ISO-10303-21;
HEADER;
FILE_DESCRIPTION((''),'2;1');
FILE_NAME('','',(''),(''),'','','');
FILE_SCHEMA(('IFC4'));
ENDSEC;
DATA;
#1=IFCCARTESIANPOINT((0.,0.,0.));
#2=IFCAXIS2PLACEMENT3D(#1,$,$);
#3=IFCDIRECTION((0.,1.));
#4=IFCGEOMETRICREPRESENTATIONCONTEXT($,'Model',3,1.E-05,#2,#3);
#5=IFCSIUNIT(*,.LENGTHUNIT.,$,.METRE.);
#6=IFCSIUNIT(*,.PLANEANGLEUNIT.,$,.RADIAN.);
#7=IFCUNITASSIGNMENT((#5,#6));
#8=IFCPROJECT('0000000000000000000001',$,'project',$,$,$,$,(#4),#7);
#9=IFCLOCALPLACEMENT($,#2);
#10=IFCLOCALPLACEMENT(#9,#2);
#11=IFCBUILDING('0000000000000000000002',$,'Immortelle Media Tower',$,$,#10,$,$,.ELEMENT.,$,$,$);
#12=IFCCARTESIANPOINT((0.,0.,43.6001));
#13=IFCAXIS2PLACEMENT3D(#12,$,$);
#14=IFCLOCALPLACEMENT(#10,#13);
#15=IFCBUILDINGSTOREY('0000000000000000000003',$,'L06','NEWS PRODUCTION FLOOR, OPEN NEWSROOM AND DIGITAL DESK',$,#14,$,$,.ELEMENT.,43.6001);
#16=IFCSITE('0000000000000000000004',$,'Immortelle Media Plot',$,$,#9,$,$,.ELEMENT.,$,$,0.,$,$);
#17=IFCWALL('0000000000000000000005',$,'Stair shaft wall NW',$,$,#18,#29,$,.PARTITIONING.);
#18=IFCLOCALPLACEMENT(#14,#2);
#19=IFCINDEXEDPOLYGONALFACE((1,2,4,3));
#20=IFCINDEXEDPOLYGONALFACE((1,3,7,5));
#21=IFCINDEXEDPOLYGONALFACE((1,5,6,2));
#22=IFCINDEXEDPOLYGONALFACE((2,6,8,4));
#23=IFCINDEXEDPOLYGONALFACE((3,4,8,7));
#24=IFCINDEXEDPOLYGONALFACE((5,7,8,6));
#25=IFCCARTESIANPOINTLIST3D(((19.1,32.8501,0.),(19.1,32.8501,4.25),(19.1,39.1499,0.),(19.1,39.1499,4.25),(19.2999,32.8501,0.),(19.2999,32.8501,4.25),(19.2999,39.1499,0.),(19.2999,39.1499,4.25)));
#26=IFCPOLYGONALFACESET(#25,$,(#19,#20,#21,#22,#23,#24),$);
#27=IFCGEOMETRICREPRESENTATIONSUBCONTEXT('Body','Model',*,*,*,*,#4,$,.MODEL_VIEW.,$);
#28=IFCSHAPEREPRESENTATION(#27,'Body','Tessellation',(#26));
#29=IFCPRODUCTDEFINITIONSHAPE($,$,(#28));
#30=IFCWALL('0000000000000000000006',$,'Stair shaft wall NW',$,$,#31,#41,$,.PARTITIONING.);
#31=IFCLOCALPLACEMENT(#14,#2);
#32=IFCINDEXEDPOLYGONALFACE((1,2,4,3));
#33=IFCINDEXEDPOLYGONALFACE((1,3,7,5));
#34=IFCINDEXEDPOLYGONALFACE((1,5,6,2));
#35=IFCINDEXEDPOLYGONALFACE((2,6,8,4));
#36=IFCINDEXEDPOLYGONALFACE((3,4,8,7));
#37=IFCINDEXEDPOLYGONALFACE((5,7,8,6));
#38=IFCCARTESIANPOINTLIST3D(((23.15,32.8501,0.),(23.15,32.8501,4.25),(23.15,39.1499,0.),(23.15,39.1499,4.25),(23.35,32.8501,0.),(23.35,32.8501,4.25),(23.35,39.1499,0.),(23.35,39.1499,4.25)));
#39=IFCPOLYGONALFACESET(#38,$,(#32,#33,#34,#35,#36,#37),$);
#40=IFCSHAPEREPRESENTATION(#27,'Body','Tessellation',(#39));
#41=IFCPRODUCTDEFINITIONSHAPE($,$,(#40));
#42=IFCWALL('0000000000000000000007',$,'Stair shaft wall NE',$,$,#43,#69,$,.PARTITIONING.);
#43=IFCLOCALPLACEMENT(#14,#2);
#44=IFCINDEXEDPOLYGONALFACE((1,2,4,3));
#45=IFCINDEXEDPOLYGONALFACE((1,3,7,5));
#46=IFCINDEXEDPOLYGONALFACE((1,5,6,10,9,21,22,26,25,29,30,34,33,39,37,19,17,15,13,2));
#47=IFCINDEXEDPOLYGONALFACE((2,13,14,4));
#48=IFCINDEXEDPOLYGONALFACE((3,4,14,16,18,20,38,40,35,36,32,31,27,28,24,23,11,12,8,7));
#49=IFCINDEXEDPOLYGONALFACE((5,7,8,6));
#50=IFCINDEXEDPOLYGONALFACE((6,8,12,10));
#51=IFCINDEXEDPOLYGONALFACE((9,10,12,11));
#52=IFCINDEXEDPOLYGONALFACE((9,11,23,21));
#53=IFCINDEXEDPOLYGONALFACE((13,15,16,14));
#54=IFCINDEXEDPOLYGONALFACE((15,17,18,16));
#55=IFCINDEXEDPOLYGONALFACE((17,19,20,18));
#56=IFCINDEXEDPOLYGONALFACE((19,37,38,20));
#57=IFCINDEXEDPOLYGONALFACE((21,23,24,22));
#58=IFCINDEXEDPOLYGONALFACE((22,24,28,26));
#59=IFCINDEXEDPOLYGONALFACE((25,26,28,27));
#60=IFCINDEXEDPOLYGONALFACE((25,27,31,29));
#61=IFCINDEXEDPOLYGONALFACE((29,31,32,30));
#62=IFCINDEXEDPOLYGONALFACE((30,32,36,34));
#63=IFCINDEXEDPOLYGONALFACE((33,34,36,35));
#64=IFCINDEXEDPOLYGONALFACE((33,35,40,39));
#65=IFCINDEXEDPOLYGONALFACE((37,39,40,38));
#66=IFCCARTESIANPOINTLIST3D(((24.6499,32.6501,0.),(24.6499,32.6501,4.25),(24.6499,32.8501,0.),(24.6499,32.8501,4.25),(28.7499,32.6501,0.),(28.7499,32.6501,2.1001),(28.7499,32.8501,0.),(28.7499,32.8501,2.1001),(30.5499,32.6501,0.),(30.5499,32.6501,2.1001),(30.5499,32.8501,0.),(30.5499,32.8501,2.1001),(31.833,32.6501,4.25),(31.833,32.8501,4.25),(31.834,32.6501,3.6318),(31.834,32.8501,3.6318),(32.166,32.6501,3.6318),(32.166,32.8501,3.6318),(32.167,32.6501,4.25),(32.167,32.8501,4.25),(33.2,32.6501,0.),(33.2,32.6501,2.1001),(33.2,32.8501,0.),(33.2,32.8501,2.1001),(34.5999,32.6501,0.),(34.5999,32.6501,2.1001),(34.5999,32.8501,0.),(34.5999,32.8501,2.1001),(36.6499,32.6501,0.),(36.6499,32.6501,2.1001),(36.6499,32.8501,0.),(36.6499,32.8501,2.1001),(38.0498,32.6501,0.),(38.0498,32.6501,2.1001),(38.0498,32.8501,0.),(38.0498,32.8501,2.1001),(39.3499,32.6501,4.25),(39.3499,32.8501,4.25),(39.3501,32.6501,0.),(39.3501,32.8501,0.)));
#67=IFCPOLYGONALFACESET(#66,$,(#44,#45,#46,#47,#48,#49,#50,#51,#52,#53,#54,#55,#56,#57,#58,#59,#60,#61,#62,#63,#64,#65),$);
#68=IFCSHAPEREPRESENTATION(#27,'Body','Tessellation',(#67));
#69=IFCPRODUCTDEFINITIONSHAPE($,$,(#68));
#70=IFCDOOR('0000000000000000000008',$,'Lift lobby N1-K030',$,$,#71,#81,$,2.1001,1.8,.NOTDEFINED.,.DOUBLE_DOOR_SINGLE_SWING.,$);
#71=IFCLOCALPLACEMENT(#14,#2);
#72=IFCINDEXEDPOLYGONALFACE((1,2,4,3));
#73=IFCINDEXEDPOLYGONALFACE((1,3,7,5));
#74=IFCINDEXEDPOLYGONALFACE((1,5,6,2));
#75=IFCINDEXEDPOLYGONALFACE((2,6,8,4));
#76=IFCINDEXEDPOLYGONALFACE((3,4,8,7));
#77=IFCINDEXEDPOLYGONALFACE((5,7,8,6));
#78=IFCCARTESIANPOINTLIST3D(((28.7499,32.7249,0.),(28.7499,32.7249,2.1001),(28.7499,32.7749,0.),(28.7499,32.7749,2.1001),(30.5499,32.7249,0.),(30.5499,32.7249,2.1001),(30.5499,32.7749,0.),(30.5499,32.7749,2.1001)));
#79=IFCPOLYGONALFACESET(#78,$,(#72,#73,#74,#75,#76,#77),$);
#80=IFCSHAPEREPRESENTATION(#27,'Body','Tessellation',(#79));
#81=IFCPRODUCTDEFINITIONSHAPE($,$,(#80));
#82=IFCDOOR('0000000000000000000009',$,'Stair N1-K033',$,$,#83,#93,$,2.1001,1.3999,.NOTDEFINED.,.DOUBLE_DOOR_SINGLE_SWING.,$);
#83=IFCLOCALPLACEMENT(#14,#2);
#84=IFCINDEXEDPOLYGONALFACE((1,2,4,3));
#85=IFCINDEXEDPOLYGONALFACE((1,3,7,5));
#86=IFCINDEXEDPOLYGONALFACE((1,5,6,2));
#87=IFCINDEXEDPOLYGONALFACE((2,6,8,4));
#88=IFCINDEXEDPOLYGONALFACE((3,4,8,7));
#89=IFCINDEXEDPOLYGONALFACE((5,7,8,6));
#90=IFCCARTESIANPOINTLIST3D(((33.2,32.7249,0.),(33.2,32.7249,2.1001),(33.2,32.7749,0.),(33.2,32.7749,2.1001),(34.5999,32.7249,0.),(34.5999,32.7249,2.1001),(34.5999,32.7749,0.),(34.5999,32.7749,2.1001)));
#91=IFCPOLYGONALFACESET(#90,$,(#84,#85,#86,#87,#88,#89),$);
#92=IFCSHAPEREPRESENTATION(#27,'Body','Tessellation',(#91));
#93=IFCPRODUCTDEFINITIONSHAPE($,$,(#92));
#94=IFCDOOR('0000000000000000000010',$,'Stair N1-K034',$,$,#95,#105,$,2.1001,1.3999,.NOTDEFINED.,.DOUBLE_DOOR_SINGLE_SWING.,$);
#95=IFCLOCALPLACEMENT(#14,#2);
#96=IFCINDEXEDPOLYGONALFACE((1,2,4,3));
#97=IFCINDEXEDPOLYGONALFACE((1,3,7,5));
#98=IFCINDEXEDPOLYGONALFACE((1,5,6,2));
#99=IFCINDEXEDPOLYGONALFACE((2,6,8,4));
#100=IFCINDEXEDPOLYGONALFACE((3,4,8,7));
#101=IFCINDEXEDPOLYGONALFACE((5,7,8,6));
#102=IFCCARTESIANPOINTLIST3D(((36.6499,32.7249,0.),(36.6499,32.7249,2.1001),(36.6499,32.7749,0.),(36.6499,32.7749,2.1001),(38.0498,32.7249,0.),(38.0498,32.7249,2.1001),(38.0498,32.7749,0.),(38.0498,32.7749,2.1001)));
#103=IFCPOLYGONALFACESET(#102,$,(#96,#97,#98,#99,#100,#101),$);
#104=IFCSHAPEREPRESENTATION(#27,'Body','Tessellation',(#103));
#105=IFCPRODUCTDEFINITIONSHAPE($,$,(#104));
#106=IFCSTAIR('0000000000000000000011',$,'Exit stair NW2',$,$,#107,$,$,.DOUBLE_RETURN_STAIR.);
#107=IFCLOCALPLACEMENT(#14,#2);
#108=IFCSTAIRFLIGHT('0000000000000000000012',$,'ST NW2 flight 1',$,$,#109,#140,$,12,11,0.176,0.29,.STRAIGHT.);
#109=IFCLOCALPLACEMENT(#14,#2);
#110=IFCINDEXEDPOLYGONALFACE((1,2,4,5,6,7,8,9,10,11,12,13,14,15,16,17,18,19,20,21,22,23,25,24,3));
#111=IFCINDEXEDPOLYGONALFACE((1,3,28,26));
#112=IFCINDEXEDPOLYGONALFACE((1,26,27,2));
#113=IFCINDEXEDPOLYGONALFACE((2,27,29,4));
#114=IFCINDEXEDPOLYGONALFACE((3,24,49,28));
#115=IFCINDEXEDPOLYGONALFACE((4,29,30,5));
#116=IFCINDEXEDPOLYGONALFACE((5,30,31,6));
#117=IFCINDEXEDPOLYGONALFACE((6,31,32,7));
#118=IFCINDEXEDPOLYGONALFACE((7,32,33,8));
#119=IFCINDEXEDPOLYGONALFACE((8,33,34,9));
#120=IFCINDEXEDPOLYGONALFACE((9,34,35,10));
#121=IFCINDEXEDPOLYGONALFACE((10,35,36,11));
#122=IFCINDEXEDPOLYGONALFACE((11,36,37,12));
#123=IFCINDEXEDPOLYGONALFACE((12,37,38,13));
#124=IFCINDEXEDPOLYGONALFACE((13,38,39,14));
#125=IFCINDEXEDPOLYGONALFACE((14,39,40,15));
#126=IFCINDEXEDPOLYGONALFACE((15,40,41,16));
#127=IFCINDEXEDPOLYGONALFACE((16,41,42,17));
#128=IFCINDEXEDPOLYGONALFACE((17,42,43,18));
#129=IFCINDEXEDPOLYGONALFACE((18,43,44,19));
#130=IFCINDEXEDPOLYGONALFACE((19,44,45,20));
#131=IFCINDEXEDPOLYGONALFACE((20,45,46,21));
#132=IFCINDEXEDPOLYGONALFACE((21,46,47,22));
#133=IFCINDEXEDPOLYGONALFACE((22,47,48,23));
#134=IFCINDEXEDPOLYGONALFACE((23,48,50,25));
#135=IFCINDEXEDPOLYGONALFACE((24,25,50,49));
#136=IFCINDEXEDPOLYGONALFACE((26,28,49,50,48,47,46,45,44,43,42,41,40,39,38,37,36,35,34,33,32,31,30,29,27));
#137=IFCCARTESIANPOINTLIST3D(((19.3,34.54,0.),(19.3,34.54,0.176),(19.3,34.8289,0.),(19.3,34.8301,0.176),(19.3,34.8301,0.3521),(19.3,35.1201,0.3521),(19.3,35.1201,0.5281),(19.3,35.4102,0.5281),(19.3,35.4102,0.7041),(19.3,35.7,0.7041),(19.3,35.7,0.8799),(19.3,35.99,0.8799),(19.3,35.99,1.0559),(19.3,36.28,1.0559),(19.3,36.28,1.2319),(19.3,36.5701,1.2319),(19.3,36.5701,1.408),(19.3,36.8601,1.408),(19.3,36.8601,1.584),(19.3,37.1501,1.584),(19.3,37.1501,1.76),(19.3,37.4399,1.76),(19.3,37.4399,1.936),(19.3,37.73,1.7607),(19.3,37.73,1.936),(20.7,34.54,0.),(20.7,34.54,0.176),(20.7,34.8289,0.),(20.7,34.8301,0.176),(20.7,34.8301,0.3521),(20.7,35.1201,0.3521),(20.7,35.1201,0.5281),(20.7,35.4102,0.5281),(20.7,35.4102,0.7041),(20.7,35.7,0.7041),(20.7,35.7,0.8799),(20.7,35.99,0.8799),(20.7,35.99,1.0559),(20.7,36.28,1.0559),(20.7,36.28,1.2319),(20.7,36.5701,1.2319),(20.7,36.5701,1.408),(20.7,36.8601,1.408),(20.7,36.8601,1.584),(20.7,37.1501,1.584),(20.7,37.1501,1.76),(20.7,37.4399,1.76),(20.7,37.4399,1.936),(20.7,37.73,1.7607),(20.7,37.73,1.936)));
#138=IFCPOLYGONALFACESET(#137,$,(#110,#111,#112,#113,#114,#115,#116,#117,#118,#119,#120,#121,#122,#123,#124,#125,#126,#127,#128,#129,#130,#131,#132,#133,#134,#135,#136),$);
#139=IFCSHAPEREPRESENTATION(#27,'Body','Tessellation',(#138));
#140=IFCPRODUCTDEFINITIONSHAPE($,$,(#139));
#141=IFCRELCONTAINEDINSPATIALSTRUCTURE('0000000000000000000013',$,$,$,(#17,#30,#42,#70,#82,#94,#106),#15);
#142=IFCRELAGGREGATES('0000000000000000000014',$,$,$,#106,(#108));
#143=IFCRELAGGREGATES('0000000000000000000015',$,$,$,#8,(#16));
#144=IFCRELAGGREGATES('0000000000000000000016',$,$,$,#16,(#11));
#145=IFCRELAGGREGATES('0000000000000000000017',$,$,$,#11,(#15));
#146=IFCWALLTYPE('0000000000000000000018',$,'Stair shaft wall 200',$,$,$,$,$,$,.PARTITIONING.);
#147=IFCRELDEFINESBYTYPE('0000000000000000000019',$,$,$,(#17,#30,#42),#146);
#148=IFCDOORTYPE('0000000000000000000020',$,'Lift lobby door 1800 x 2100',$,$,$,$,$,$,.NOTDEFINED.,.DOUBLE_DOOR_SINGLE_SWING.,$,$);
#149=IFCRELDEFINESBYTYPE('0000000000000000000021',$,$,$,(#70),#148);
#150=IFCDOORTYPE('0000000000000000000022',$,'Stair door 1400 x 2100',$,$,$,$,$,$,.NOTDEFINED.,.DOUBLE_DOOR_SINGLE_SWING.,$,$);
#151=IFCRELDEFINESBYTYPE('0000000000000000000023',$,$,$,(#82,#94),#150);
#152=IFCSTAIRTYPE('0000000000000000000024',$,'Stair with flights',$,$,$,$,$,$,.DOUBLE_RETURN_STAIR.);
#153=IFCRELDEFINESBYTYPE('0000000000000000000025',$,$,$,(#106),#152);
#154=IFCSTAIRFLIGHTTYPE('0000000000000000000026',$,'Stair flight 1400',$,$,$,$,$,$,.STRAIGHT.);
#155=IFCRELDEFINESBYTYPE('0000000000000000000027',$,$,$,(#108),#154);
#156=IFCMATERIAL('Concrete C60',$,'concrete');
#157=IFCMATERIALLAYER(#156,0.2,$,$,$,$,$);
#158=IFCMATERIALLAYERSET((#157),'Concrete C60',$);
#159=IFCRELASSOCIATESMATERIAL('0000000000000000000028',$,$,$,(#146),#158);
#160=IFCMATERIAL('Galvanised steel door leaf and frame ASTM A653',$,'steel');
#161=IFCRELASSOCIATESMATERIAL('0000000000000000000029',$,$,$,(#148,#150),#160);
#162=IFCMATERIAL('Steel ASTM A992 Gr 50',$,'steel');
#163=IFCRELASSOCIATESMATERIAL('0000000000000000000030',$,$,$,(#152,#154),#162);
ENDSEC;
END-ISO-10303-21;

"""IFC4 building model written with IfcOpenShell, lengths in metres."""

from ifc_helpers import new_model, si_unit, direction, frame, frame_2d, origin, place, context, subcontext, project, spatial, polyline, rectangle, outline, extrude, material, layer, layer_set, type_object, element, fill, aggregate, save


model = new_model("IFC4")

# Units and contexts
model_context = context("Model", 3, precision=1e-05, world=origin(), true_north=direction((0.0, 1.0)))
body_context = subcontext(model_context, "Body", "Model", "MODEL_VIEW")
ifc_project = project(units=[si_unit("LENGTHUNIT", "METRE"), si_unit("PLANEANGLEUNIT", "RADIAN")], contexts=[model_context])

# Site, building, storey
site_placement = place(None, origin())
site = spatial("IfcSite", under=ifc_project, at=site_placement, Name="Immortelle Media Plot", CompositionType="ELEMENT", RefElevation=0.0)
building_placement = place(site_placement, origin())
building = spatial("IfcBuilding", under=site, at=building_placement, Name="Immortelle Media Tower", CompositionType="ELEMENT")
storey_placement = place(building_placement, frame((0.0, 0.0, 43.6001)))
storey = spatial("IfcBuildingStorey", under=building, at=storey_placement, Name="L06", Description="NEWS PRODUCTION FLOOR, OPEN NEWSROOM AND DIGITAL DESK", CompositionType="ELEMENT", Elevation=43.6001)

# Shared definitions
ifc_material_1 = material(Name="Steel ASTM A992 Gr 50", Category="steel")

# Walls
ifc_material_2 = material(Name="Concrete C60", Category="concrete")
ifc_layer_1 = layer(ifc_material_2, 0.2)
ifc_layer_set_1 = layer_set([ifc_layer_1], Name="Concrete C60")
wall_type_1 = type_object("IfcWallType", Name="Stair shaft wall 200", PredefinedType="PARTITIONING", material=ifc_layer_set_1)
for number, where, z_axis, x_axis, name in (
    (1, (19.2, 32.8501, 0.0), (0.0, 0.0, 1.0), (0.0, 1.0, 0.0), "Stair shaft wall NW"),
    (2, (23.25, 32.8501, 0.0), (0.0, 0.0, 1.0), (0.0, 1.0, 0.0), "Stair shaft wall NW"),
):
    element("IfcWall", number, at=place(storey_placement, frame(where, z_axis=z_axis, x_axis=x_axis)), inside=storey, type_object=wall_type_1, Name=name, PredefinedType="PARTITIONING", context=body_context, shape_type="SweptSolid", body=[
        extrude(rectangle(XDim=6.2998, YDim=0.2, at=frame_2d((3.1499, 0.0))), origin(), (0.0, 0.0, 1.0), 4.25),
    ])

# Wall, openings, doors
wall_1_placement = place(storey_placement, frame((24.6499, 32.75, 0.0), z_axis=(0.0, 0.0, 1.0), x_axis=(1.0, 0.0, 0.0)))
wall_1 = element("IfcWall", 3, at=wall_1_placement, inside=storey, type_object=wall_type_1, Name="Stair shaft wall NE", PredefinedType="PARTITIONING", context=body_context, shape_type="SweptSolid", body=[
    extrude(outline(polyline([(0.0, 0.0), (14.7002, 0.0), (14.7, 4.25), (7.5171, 4.25), (7.5161, 3.6318), (7.1841, 3.6318), (7.1831, 4.25), (0.0, 4.25), (0.0, 0.0)])), frame((0.0, 0.1001, 0.0), z_axis=(0.0, -1.0, 0.0), x_axis=(1.0, 0.0, 0.0)), (0.0, 0.0, 1.0), 0.2),
])
opening_1_placement = place(wall_1_placement, frame((4.1001, 0.0, 0.0)))
opening_1 = element("IfcOpeningElement", 4, at=opening_1_placement, cuts=wall_1, PredefinedType="OPENING", context=body_context, shape_type="SweptSolid", body=[
    extrude(rectangle(XDim=1.8, YDim=2.1001, at=frame_2d((0.8999, 1.05))), frame((0.0, 0.1099, 0.0), z_axis=(0.0, -1.0, 0.0), x_axis=(1.0, 0.0, 0.0)), (0.0, 0.0, 1.0), 0.22),
])
opening_2_placement = place(wall_1_placement, frame((8.55, 0.0, 0.0)))
opening_2 = element("IfcOpeningElement", 5, at=opening_2_placement, cuts=wall_1, PredefinedType="OPENING", context=body_context, shape_type="SweptSolid", body=[
    extrude(rectangle(XDim=1.3999, YDim=2.1001, at=frame_2d((0.7, 1.05))), frame((0.0, 0.1099, 0.0), z_axis=(0.0, -1.0, 0.0), x_axis=(1.0, 0.0, 0.0)), (0.0, 0.0, 1.0), 0.22),
])
opening_3_placement = place(wall_1_placement, frame((12.0, 0.0, 0.0)))
opening_3 = element("IfcOpeningElement", 6, at=opening_3_placement, cuts=wall_1, PredefinedType="OPENING", context=body_context, shape_type="SweptSolid", body=[
    extrude(rectangle(XDim=1.3999, YDim=2.1001, at=frame_2d((0.7, 1.05))), frame((0.0, 0.1099, 0.0), z_axis=(0.0, -1.0, 0.0), x_axis=(1.0, 0.0, 0.0)), (0.0, 0.0, 1.0), 0.22),
])
ifc_material_3 = material(Name="Galvanised steel door leaf and frame ASTM A653", Category="steel")
door_type_1 = type_object("IfcDoorType", Name="Lift lobby door 1800 x 2100", OperationType="DOUBLE_DOOR_SINGLE_SWING", PredefinedType="NOTDEFINED", material=ifc_material_3)
door_1_placement = place(opening_1_placement, origin())
door_1 = element("IfcDoor", 7, at=door_1_placement, inside=storey, type_object=door_type_1, Name="Lift lobby N1-K030", OperationType="DOUBLE_DOOR_SINGLE_SWING", OverallHeight=2.1001, OverallWidth=1.8, PredefinedType="NOTDEFINED", context=body_context, shape_type="SweptSolid", body=[
    extrude(rectangle(XDim=1.8, YDim=2.1001, at=frame_2d((0.8999, 1.05))), frame((0.0, 0.0249, 0.0), z_axis=(0.0, -1.0, 0.0), x_axis=(1.0, 0.0, 0.0)), (0.0, 0.0, 1.0), 0.05),
])
fill(opening_1, door_1)
door_type_2 = type_object("IfcDoorType", Name="Stair door 1400 x 2100", OperationType="DOUBLE_DOOR_SINGLE_SWING", PredefinedType="NOTDEFINED", material=ifc_material_3)
door_2_placement = place(opening_2_placement, origin())
door_2 = element("IfcDoor", 8, at=door_2_placement, inside=storey, type_object=door_type_2, Name="Stair N1-K033", OperationType="DOUBLE_DOOR_SINGLE_SWING", OverallHeight=2.1001, OverallWidth=1.3999, PredefinedType="NOTDEFINED", context=body_context, shape_type="SweptSolid", body=[
    extrude(rectangle(XDim=1.3999, YDim=2.1001, at=frame_2d((0.7, 1.05))), frame((0.0, 0.0249, 0.0), z_axis=(0.0, -1.0, 0.0), x_axis=(1.0, 0.0, 0.0)), (0.0, 0.0, 1.0), 0.05),
])
fill(opening_2, door_2)
door_3_placement = place(opening_3_placement, origin())
door_3 = element("IfcDoor", 9, at=door_3_placement, inside=storey, type_object=door_type_2, Name="Stair N1-K034", OperationType="DOUBLE_DOOR_SINGLE_SWING", OverallHeight=2.1001, OverallWidth=1.3999, PredefinedType="NOTDEFINED", context=body_context, shape_type="SweptSolid", body=[
    extrude(rectangle(XDim=1.3999, YDim=2.1001, at=frame_2d((0.7, 1.05))), frame((0.0, 0.0249, 0.0), z_axis=(0.0, -1.0, 0.0), x_axis=(1.0, 0.0, 0.0)), (0.0, 0.0, 1.0), 0.05),
])
fill(opening_3, door_3)

# Stair, stair flight
stair_type = type_object("IfcStairType", Name="Stair with flights", PredefinedType="DOUBLE_RETURN_STAIR", material=ifc_material_1)
stair_placement = place(storey_placement, origin())
stair = element("IfcStair", 10, at=stair_placement, inside=storey, type_object=stair_type, Name="Exit stair NW2", PredefinedType="DOUBLE_RETURN_STAIR")
stair_flight_type = type_object("IfcStairFlightType", Name="Stair flight 1400", PredefinedType="STRAIGHT", material=ifc_material_1)
stair_flight_placement = place(storey_placement, frame((20.0, 34.54, 0.0), z_axis=(0.0, 0.0, 1.0), x_axis=(0.0, 1.0, 0.0)))
stair_flight = element("IfcStairFlight", 11, at=stair_flight_placement, type_object=stair_flight_type, Name="ST NW2 flight 1", NumberOfRisers=12, NumberOfTreads=11, PredefinedType="STRAIGHT", RiserHeight=0.176, TreadLength=0.29, context=body_context, shape_type="SweptSolid", body=[
    extrude(outline(polyline([(0.0, 0.0), (0.0, 0.176), (0.29, 0.176), (0.29, 0.3521), (0.5801, 0.3521), (0.5801, 0.5281), (0.8701, 0.5281), (0.8701, 0.7041), (1.1599, 0.7041), (1.1599, 0.8799), (1.45, 0.8799), (1.45, 1.0559), (1.74, 1.0559), (1.74, 1.2319), (2.03, 1.2319), (2.03, 1.408), (2.3201, 1.408), (2.3201, 1.584), (2.6101, 1.584), (2.6101, 1.76), (2.8999, 1.76), (2.8999, 1.936), (3.1899, 1.936), (3.1899, 2.1121), (3.1899, 1.7607), (0.2888, 0.0), (0.0, 0.0)])), frame((0.0, 0.7, 0.0), z_axis=(0.0, -1.0, 0.0), x_axis=(1.0, 0.0, 0.0)), (0.0, 0.0, 1.0), 1.3999),
])
aggregate(stair, [stair_flight])

save(model, "model.ifc")
